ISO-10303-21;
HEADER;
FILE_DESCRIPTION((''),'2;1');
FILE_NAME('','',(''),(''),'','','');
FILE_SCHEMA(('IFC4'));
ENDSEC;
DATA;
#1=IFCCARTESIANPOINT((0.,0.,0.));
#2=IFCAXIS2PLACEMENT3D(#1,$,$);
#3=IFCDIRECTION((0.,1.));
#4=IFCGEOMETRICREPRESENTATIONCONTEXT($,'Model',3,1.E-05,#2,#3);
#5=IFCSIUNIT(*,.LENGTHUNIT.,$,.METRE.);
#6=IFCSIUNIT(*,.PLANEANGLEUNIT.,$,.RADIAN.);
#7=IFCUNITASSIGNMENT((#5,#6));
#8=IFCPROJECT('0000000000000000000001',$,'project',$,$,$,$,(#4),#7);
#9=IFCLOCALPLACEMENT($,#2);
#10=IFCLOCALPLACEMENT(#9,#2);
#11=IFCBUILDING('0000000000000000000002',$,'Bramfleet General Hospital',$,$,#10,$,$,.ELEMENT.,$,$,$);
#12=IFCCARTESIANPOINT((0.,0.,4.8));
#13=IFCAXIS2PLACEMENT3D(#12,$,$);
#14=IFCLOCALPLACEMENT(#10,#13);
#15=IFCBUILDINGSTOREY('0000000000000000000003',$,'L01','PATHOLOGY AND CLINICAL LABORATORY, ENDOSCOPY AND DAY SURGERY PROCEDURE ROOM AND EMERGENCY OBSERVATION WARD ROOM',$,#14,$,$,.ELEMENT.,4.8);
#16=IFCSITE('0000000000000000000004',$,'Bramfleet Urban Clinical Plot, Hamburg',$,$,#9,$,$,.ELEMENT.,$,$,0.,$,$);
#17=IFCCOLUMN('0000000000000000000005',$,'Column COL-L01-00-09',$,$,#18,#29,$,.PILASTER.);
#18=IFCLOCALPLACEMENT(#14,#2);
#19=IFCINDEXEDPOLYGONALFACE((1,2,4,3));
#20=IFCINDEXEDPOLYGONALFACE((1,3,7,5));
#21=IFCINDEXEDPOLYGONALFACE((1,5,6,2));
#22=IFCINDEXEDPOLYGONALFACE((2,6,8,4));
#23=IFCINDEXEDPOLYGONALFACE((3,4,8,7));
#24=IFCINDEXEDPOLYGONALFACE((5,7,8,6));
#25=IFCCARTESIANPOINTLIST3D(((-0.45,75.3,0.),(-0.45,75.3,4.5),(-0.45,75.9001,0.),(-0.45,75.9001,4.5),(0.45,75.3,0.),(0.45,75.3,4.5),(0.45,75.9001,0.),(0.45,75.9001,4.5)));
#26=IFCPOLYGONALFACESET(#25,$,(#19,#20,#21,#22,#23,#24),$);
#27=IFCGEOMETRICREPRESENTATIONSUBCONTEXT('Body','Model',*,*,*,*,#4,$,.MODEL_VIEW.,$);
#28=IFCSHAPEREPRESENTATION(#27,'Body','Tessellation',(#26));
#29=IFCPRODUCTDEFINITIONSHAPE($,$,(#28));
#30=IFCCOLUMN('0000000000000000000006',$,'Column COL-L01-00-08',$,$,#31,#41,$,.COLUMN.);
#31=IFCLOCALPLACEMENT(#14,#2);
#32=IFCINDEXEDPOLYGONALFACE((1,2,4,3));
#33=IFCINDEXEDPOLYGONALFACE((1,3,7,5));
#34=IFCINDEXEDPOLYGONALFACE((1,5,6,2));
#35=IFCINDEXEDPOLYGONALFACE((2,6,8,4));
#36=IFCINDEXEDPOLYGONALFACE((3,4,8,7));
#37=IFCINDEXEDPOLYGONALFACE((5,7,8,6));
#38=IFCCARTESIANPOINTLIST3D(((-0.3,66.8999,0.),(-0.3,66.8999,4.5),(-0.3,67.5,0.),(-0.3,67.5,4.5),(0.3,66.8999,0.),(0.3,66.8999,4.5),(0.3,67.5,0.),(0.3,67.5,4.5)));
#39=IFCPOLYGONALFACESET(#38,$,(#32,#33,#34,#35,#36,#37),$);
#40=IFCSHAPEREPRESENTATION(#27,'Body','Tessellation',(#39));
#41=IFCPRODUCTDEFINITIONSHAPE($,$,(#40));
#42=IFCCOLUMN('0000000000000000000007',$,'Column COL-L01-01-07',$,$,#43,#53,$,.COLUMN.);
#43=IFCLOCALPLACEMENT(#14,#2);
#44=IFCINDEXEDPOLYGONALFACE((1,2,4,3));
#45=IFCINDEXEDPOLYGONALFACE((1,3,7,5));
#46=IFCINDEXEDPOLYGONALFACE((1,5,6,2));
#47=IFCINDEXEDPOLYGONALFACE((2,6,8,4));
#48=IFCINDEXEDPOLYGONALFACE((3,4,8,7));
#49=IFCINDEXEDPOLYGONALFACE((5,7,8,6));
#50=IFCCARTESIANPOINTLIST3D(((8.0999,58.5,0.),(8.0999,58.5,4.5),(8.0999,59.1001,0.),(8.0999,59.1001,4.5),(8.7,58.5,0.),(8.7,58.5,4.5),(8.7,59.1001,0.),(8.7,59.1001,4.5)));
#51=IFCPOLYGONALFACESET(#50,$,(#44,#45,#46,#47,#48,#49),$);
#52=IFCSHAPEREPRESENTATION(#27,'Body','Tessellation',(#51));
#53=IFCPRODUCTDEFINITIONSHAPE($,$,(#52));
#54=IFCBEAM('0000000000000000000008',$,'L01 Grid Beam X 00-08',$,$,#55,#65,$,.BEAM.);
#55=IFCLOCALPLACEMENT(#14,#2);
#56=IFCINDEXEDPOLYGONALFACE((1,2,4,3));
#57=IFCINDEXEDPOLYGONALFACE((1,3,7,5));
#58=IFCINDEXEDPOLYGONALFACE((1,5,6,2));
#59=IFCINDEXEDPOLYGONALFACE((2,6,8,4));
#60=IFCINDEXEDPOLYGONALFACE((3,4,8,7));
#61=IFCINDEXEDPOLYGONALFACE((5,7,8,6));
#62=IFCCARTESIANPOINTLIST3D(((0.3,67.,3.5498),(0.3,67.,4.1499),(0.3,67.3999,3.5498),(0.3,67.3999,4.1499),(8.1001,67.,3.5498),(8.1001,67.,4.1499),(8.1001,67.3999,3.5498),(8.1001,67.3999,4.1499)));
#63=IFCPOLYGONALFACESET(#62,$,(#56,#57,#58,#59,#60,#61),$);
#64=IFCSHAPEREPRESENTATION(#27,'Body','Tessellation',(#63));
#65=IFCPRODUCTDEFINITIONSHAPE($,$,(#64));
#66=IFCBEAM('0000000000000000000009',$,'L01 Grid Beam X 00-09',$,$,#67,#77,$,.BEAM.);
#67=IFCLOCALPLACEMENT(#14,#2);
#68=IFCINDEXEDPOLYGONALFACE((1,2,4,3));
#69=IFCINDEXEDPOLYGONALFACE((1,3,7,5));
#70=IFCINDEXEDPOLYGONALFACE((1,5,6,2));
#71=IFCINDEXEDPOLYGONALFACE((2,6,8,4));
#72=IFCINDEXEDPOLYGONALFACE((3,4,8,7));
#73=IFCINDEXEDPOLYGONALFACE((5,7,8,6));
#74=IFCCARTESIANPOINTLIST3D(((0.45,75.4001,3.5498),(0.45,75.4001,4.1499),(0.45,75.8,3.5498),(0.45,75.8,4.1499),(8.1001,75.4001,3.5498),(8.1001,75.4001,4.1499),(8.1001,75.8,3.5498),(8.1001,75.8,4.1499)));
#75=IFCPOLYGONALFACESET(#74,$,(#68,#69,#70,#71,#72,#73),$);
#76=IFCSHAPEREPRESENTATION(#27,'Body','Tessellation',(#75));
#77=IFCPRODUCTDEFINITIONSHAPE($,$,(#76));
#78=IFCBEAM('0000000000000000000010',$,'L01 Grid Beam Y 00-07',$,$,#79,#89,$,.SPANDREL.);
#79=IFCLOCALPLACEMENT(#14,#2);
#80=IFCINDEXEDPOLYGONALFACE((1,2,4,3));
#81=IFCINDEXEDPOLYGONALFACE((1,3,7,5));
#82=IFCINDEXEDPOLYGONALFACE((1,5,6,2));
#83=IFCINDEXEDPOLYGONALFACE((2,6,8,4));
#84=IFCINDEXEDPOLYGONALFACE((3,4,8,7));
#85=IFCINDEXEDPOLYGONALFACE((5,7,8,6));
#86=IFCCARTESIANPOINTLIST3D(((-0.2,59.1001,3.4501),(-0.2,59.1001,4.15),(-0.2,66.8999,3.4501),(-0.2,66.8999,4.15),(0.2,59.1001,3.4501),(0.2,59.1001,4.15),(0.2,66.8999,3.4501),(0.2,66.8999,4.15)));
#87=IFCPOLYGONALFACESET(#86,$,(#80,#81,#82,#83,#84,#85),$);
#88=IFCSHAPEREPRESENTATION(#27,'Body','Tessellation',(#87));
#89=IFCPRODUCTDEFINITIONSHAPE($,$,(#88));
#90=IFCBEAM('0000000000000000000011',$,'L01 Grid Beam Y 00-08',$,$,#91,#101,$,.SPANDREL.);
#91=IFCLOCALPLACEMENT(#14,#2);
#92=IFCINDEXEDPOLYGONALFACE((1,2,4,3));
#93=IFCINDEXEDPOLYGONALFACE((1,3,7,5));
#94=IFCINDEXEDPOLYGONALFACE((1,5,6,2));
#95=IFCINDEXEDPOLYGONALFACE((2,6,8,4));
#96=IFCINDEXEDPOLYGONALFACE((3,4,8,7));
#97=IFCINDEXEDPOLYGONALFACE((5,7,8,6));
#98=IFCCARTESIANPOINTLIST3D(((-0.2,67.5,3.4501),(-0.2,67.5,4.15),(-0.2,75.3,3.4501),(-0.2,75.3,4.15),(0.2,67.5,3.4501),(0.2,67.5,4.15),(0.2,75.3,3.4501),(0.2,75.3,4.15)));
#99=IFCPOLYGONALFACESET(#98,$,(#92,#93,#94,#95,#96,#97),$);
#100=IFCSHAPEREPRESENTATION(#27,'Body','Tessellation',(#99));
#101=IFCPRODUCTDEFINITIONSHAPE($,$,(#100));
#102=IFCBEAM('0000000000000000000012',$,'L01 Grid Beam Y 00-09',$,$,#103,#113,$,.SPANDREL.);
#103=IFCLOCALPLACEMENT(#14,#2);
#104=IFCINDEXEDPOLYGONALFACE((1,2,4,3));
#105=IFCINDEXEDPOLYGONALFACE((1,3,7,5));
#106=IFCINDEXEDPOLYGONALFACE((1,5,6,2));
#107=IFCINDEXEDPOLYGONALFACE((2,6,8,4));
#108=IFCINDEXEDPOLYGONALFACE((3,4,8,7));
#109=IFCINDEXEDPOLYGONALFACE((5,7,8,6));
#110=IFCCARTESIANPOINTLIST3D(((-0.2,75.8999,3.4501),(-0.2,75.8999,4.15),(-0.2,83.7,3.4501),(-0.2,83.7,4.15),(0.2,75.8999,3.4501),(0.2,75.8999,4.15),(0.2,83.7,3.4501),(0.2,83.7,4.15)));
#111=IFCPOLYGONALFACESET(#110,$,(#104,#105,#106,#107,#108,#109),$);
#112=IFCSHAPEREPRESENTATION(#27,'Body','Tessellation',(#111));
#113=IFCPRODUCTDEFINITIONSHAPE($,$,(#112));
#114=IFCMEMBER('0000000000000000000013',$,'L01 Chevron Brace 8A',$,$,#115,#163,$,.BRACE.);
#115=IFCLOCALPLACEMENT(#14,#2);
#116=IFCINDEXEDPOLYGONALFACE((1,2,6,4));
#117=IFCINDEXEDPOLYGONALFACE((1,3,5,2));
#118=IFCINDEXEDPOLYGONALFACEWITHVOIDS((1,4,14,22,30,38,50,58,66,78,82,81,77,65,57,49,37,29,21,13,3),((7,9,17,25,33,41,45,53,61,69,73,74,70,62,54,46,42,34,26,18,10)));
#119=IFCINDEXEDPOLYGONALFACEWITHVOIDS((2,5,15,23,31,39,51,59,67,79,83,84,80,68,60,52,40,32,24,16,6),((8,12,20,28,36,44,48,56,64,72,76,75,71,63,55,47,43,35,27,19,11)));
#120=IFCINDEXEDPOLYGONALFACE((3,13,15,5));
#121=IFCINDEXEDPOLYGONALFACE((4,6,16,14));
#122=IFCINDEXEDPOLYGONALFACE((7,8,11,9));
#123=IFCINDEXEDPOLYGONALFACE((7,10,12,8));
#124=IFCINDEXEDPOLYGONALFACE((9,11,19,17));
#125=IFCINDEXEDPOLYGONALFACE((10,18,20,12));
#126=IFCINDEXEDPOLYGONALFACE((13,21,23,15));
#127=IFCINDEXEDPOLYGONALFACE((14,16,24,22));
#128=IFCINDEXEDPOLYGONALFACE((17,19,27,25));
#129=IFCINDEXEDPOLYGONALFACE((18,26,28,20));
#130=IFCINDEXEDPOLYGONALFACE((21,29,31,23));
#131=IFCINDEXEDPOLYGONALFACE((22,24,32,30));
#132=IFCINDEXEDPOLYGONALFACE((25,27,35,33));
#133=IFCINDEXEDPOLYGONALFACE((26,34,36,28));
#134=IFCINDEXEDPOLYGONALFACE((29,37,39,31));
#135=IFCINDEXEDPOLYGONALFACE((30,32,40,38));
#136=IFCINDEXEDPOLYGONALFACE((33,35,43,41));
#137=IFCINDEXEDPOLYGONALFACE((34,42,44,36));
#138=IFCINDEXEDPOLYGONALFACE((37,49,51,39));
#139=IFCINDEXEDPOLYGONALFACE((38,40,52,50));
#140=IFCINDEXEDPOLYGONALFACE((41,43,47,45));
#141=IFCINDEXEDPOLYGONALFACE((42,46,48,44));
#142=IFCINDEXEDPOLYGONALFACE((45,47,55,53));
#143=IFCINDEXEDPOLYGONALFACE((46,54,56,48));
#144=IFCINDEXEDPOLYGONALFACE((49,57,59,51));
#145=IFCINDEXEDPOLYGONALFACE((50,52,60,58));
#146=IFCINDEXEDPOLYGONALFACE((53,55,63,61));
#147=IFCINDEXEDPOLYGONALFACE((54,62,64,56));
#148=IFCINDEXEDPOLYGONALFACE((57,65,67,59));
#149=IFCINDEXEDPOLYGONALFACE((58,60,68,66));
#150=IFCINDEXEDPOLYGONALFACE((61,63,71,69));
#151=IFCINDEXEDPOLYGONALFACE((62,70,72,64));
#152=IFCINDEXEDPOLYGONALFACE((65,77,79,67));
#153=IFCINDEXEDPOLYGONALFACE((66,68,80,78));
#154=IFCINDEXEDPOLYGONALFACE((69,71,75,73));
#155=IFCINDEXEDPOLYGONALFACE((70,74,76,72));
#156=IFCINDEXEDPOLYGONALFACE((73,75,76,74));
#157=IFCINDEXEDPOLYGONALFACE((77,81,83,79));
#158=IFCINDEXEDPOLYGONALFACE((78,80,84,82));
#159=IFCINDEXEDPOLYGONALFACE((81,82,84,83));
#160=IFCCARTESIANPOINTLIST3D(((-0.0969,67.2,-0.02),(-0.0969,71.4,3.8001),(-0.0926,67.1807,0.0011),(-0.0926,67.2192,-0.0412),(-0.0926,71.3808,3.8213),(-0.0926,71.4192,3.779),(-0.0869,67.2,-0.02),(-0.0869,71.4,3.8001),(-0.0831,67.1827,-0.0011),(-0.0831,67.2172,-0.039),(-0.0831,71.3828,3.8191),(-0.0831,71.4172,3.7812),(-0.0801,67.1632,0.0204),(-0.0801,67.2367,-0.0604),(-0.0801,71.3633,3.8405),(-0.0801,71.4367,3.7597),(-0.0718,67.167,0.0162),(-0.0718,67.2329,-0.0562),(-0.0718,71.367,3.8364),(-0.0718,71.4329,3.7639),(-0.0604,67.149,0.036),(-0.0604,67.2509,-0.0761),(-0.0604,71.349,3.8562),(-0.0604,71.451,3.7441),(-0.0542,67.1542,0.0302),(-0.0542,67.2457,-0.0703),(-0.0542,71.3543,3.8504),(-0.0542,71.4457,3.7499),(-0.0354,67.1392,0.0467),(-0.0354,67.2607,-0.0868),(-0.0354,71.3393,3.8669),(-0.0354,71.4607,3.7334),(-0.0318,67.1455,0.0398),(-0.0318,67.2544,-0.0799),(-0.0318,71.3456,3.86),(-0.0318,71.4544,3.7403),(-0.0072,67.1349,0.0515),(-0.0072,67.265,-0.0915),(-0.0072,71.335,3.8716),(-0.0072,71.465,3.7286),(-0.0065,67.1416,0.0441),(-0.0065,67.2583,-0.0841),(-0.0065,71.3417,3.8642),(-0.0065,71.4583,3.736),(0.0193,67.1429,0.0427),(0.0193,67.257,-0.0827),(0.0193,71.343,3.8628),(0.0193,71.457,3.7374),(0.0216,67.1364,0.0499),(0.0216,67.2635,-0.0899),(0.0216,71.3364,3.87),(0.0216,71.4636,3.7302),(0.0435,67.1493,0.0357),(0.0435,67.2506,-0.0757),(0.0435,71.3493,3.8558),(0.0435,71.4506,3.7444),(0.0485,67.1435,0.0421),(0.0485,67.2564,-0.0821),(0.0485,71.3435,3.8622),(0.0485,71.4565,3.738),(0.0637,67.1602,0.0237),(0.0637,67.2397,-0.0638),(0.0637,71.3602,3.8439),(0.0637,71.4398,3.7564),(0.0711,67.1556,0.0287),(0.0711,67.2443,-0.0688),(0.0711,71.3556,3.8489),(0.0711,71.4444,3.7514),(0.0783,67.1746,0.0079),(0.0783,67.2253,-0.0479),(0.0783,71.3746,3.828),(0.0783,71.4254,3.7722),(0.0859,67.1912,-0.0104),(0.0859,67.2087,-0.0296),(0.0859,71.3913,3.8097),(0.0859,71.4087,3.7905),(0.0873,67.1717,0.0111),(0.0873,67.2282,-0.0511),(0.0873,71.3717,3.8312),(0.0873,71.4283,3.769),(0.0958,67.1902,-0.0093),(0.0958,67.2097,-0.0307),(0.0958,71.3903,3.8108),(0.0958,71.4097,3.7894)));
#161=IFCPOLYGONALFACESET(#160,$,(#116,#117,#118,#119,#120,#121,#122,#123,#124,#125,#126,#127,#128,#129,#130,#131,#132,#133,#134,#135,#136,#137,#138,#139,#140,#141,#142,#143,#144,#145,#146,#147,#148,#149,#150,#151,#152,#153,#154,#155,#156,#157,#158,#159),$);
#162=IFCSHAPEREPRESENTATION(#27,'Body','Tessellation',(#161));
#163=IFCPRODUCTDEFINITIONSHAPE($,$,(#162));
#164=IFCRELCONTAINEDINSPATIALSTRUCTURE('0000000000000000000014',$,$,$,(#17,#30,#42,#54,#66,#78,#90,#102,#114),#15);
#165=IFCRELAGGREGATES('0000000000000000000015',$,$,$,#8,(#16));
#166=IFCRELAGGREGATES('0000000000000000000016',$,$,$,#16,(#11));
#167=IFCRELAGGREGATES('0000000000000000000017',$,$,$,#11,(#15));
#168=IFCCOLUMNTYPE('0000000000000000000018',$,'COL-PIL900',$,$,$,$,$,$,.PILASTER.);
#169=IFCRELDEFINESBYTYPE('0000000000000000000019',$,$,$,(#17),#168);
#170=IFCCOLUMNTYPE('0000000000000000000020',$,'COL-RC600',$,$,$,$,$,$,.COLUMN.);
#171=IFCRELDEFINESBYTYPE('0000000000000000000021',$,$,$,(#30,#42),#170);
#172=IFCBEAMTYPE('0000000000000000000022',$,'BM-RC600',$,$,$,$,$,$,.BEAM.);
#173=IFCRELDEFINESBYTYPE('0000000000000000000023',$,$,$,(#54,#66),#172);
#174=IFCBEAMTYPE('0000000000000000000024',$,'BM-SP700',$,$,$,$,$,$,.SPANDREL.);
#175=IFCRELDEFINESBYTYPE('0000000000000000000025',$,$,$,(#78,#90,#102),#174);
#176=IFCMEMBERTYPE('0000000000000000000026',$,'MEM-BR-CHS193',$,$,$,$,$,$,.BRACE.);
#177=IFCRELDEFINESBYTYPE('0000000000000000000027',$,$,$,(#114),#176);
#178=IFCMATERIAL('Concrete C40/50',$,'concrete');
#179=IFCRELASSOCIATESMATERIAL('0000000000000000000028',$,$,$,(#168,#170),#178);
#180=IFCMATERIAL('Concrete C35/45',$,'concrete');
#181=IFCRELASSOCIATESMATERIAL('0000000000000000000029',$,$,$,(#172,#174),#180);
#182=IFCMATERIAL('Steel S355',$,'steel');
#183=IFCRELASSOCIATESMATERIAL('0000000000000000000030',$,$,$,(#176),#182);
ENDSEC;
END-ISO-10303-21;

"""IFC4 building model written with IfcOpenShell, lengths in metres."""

from ifc_helpers import new_model, si_unit, direction, frame, origin, origin_2d, place, context, subcontext, project, spatial, rectangle, hollow_circle, extrude, material, material_profile, profile_set, type_object, element, save


model = new_model("IFC4")

# Units and contexts
model_context = context("Model", 3, precision=1e-05, world=origin(), true_north=direction((0.0, 1.0)))
body_context = subcontext(model_context, "Body", "Model", "MODEL_VIEW")
ifc_project = project(units=[si_unit("LENGTHUNIT", "METRE"), si_unit("PLANEANGLEUNIT", "RADIAN")], contexts=[model_context])

# Site, building, storey
site_placement = place(None, origin())
site = spatial("IfcSite", under=ifc_project, at=site_placement, Name="Bramfleet Urban Clinical Plot, Hamburg", CompositionType="ELEMENT", RefElevation=0.0)
building_placement = place(site_placement, origin())
building = spatial("IfcBuilding", under=site, at=building_placement, Name="Bramfleet General Hospital", CompositionType="ELEMENT")
storey_placement = place(building_placement, frame((0.0, 0.0, 4.8)))
storey = spatial("IfcBuildingStorey", under=building, at=storey_placement, Name="L01", Description="PATHOLOGY AND CLINICAL LABORATORY, ENDOSCOPY AND DAY SURGERY PROCEDURE ROOM AND EMERGENCY OBSERVATION WARD ROOM", CompositionType="ELEMENT", Elevation=4.8)

# Columns
ifc_material_1 = material(Name="Concrete C40/50", Category="concrete")
ifc_material_profile_1 = material_profile(ifc_material_1, rectangle(XDim=0.6001, YDim=0.8999, at=origin_2d()), Name="RC PIL 900x600")
ifc_profile_set_1 = profile_set([ifc_material_profile_1], Name="Concrete C40/50")
column_type_1 = type_object("IfcColumnType", Name="COL-PIL900", PredefinedType="PILASTER", material=ifc_profile_set_1)
column_placement = place(storey_placement, frame((0.0, 75.6001, 0.0), z_axis=(0.0, 0.0, 1.0), x_axis=(0.0, 1.0, 0.0)))
element("IfcColumn", 1, at=column_placement, inside=storey, type_object=column_type_1, Name="Column COL-L01-00-09", PredefinedType="PILASTER", context=body_context, shape_type="SweptSolid", body=[
    extrude(rectangle(XDim=0.6001, YDim=0.8999, at=origin_2d()), origin(), (0.0, 0.0, 1.0), 4.5),
])
ifc_material_profile_2 = material_profile(ifc_material_1, rectangle(XDim=0.6001, YDim=0.6001, at=origin_2d()), Name="RC COL 600x600")
ifc_profile_set_2 = profile_set([ifc_material_profile_2], Name="Concrete C40/50")
column_type_2 = type_object("IfcColumnType", Name="COL-RC600", PredefinedType="COLUMN", material=ifc_profile_set_2)
for number, where, z_axis, x_axis, name in (
    (2, (0.0, 67.2, 0.0), (0.0, 0.0, 1.0), (1.0, 0.0, 0.0), "Column COL-L01-00-08"),
    (3, (8.3999, 58.8, 0.0), (0.0, 0.0, 1.0), (1.0, 0.0, 0.0), "Column COL-L01-01-07"),
):
    element("IfcColumn", number, at=place(storey_placement, frame(where, z_axis=z_axis, x_axis=x_axis)), inside=storey, type_object=column_type_2, Name=name, PredefinedType="COLUMN", context=body_context, shape_type="SweptSolid", body=[
        extrude(rectangle(XDim=0.6001, YDim=0.6001, at=origin_2d()), origin(), (0.0, 0.0, 1.0), 4.5),
    ])

# Beams
ifc_material_2 = material(Name="Concrete C35/45", Category="concrete")
ifc_material_profile_3 = material_profile(ifc_material_2, rectangle(XDim=0.3999, YDim=0.6001, at=origin_2d()), Name="RC BM 600x400")
ifc_profile_set_3 = profile_set([ifc_material_profile_3], Name="Concrete C35/45")
beam_type_1 = type_object("IfcBeamType", Name="BM-RC600", PredefinedType="BEAM", material=ifc_profile_set_3)
beam_1_placement = place(storey_placement, frame((0.3, 67.2, 3.8499), z_axis=(1.0, 0.0, 0.0), x_axis=(0.0, 1.0, 0.0)))
element("IfcBeam", 4, at=beam_1_placement, inside=storey, type_object=beam_type_1, Name="L01 Grid Beam X 00-08", PredefinedType="BEAM", context=body_context, shape_type="SweptSolid", body=[
    extrude(rectangle(XDim=0.3999, YDim=0.6001, at=origin_2d()), origin(), (0.0, 0.0, 1.0), 7.8),
])
beam_2_placement = place(storey_placement, frame((0.45, 75.6001, 3.8499), z_axis=(1.0, 0.0, 0.0), x_axis=(0.0, 1.0, 0.0)))
element("IfcBeam", 5, at=beam_2_placement, inside=storey, type_object=beam_type_1, Name="L01 Grid Beam X 00-09", PredefinedType="BEAM", context=body_context, shape_type="SweptSolid", body=[
    extrude(rectangle(XDim=0.3999, YDim=0.6001, at=origin_2d()), origin(), (0.0, 0.0, 1.0), 7.6501),
])
ifc_material_profile_4 = material_profile(ifc_material_2, rectangle(XDim=0.3999, YDim=0.7, at=origin_2d()), Name="RC SP 700x400")
ifc_profile_set_4 = profile_set([ifc_material_profile_4], Name="Concrete C35/45")
beam_type_2 = type_object("IfcBeamType", Name="BM-SP700", PredefinedType="SPANDREL", material=ifc_profile_set_4)
beam_3_placement = place(storey_placement, frame((0.0, 59.1001, 3.8), z_axis=(0.0, 1.0, 0.0), x_axis=(-1.0, 0.0, 0.0)))
element("IfcBeam", 6, at=beam_3_placement, inside=storey, type_object=beam_type_2, Name="L01 Grid Beam Y 00-07", PredefinedType="SPANDREL", context=body_context, shape_type="SweptSolid", body=[
    extrude(rectangle(XDim=0.3999, YDim=0.7, at=origin_2d()), origin(), (0.0, 0.0, 1.0), 7.7998),
])
for number, where, z_axis, x_axis, name in (
    (7, (0.0, 67.5, 3.8), (0.0, 1.0, 0.0), (-1.0, 0.0, 0.0), "L01 Grid Beam Y 00-08"),
    (8, (0.0, 75.8999, 3.8), (0.0, 1.0, 0.0), (-1.0, 0.0, 0.0), "L01 Grid Beam Y 00-09"),
):
    element("IfcBeam", number, at=place(storey_placement, frame(where, z_axis=z_axis, x_axis=x_axis)), inside=storey, type_object=beam_type_2, Name=name, PredefinedType="SPANDREL", context=body_context, shape_type="SweptSolid", body=[
        extrude(rectangle(XDim=0.3999, YDim=0.7, at=origin_2d()), origin(), (0.0, 0.0, 1.0), 7.8),
    ])

# Member
ifc_material_3 = material(Name="Steel S355", Category="steel")
ifc_material_profile_5 = material_profile(ifc_material_3, hollow_circle(Radius=0.0969, WallThickness=0.01, at=origin_2d()), Name="CHS 193.7x10.0")
ifc_profile_set_5 = profile_set([ifc_material_profile_5], Name="Steel S355")
member_type = type_object("IfcMemberType", Name="MEM-BR-CHS193", PredefinedType="BRACE", material=ifc_profile_set_5)
for number, where, z_axis, x_axis, name in (
    (9, (0.0, 67.2, -0.02), (0.0, 0.739771, 0.672859), (-1.0, 0.0, 0.0), "L01 Chevron Brace 8A"),
):
    element("IfcMember", number, at=place(storey_placement, frame(where, z_axis=z_axis, x_axis=x_axis)), inside=storey, type_object=member_type, Name=name, PredefinedType="BRACE", context=body_context, shape_type="SweptSolid", body=[
        extrude(hollow_circle(Radius=0.0969, WallThickness=0.01, at=origin_2d()), origin(), (0.0, 0.0, 1.0), 5.6775),
    ])

save(model, "model.ifc")
